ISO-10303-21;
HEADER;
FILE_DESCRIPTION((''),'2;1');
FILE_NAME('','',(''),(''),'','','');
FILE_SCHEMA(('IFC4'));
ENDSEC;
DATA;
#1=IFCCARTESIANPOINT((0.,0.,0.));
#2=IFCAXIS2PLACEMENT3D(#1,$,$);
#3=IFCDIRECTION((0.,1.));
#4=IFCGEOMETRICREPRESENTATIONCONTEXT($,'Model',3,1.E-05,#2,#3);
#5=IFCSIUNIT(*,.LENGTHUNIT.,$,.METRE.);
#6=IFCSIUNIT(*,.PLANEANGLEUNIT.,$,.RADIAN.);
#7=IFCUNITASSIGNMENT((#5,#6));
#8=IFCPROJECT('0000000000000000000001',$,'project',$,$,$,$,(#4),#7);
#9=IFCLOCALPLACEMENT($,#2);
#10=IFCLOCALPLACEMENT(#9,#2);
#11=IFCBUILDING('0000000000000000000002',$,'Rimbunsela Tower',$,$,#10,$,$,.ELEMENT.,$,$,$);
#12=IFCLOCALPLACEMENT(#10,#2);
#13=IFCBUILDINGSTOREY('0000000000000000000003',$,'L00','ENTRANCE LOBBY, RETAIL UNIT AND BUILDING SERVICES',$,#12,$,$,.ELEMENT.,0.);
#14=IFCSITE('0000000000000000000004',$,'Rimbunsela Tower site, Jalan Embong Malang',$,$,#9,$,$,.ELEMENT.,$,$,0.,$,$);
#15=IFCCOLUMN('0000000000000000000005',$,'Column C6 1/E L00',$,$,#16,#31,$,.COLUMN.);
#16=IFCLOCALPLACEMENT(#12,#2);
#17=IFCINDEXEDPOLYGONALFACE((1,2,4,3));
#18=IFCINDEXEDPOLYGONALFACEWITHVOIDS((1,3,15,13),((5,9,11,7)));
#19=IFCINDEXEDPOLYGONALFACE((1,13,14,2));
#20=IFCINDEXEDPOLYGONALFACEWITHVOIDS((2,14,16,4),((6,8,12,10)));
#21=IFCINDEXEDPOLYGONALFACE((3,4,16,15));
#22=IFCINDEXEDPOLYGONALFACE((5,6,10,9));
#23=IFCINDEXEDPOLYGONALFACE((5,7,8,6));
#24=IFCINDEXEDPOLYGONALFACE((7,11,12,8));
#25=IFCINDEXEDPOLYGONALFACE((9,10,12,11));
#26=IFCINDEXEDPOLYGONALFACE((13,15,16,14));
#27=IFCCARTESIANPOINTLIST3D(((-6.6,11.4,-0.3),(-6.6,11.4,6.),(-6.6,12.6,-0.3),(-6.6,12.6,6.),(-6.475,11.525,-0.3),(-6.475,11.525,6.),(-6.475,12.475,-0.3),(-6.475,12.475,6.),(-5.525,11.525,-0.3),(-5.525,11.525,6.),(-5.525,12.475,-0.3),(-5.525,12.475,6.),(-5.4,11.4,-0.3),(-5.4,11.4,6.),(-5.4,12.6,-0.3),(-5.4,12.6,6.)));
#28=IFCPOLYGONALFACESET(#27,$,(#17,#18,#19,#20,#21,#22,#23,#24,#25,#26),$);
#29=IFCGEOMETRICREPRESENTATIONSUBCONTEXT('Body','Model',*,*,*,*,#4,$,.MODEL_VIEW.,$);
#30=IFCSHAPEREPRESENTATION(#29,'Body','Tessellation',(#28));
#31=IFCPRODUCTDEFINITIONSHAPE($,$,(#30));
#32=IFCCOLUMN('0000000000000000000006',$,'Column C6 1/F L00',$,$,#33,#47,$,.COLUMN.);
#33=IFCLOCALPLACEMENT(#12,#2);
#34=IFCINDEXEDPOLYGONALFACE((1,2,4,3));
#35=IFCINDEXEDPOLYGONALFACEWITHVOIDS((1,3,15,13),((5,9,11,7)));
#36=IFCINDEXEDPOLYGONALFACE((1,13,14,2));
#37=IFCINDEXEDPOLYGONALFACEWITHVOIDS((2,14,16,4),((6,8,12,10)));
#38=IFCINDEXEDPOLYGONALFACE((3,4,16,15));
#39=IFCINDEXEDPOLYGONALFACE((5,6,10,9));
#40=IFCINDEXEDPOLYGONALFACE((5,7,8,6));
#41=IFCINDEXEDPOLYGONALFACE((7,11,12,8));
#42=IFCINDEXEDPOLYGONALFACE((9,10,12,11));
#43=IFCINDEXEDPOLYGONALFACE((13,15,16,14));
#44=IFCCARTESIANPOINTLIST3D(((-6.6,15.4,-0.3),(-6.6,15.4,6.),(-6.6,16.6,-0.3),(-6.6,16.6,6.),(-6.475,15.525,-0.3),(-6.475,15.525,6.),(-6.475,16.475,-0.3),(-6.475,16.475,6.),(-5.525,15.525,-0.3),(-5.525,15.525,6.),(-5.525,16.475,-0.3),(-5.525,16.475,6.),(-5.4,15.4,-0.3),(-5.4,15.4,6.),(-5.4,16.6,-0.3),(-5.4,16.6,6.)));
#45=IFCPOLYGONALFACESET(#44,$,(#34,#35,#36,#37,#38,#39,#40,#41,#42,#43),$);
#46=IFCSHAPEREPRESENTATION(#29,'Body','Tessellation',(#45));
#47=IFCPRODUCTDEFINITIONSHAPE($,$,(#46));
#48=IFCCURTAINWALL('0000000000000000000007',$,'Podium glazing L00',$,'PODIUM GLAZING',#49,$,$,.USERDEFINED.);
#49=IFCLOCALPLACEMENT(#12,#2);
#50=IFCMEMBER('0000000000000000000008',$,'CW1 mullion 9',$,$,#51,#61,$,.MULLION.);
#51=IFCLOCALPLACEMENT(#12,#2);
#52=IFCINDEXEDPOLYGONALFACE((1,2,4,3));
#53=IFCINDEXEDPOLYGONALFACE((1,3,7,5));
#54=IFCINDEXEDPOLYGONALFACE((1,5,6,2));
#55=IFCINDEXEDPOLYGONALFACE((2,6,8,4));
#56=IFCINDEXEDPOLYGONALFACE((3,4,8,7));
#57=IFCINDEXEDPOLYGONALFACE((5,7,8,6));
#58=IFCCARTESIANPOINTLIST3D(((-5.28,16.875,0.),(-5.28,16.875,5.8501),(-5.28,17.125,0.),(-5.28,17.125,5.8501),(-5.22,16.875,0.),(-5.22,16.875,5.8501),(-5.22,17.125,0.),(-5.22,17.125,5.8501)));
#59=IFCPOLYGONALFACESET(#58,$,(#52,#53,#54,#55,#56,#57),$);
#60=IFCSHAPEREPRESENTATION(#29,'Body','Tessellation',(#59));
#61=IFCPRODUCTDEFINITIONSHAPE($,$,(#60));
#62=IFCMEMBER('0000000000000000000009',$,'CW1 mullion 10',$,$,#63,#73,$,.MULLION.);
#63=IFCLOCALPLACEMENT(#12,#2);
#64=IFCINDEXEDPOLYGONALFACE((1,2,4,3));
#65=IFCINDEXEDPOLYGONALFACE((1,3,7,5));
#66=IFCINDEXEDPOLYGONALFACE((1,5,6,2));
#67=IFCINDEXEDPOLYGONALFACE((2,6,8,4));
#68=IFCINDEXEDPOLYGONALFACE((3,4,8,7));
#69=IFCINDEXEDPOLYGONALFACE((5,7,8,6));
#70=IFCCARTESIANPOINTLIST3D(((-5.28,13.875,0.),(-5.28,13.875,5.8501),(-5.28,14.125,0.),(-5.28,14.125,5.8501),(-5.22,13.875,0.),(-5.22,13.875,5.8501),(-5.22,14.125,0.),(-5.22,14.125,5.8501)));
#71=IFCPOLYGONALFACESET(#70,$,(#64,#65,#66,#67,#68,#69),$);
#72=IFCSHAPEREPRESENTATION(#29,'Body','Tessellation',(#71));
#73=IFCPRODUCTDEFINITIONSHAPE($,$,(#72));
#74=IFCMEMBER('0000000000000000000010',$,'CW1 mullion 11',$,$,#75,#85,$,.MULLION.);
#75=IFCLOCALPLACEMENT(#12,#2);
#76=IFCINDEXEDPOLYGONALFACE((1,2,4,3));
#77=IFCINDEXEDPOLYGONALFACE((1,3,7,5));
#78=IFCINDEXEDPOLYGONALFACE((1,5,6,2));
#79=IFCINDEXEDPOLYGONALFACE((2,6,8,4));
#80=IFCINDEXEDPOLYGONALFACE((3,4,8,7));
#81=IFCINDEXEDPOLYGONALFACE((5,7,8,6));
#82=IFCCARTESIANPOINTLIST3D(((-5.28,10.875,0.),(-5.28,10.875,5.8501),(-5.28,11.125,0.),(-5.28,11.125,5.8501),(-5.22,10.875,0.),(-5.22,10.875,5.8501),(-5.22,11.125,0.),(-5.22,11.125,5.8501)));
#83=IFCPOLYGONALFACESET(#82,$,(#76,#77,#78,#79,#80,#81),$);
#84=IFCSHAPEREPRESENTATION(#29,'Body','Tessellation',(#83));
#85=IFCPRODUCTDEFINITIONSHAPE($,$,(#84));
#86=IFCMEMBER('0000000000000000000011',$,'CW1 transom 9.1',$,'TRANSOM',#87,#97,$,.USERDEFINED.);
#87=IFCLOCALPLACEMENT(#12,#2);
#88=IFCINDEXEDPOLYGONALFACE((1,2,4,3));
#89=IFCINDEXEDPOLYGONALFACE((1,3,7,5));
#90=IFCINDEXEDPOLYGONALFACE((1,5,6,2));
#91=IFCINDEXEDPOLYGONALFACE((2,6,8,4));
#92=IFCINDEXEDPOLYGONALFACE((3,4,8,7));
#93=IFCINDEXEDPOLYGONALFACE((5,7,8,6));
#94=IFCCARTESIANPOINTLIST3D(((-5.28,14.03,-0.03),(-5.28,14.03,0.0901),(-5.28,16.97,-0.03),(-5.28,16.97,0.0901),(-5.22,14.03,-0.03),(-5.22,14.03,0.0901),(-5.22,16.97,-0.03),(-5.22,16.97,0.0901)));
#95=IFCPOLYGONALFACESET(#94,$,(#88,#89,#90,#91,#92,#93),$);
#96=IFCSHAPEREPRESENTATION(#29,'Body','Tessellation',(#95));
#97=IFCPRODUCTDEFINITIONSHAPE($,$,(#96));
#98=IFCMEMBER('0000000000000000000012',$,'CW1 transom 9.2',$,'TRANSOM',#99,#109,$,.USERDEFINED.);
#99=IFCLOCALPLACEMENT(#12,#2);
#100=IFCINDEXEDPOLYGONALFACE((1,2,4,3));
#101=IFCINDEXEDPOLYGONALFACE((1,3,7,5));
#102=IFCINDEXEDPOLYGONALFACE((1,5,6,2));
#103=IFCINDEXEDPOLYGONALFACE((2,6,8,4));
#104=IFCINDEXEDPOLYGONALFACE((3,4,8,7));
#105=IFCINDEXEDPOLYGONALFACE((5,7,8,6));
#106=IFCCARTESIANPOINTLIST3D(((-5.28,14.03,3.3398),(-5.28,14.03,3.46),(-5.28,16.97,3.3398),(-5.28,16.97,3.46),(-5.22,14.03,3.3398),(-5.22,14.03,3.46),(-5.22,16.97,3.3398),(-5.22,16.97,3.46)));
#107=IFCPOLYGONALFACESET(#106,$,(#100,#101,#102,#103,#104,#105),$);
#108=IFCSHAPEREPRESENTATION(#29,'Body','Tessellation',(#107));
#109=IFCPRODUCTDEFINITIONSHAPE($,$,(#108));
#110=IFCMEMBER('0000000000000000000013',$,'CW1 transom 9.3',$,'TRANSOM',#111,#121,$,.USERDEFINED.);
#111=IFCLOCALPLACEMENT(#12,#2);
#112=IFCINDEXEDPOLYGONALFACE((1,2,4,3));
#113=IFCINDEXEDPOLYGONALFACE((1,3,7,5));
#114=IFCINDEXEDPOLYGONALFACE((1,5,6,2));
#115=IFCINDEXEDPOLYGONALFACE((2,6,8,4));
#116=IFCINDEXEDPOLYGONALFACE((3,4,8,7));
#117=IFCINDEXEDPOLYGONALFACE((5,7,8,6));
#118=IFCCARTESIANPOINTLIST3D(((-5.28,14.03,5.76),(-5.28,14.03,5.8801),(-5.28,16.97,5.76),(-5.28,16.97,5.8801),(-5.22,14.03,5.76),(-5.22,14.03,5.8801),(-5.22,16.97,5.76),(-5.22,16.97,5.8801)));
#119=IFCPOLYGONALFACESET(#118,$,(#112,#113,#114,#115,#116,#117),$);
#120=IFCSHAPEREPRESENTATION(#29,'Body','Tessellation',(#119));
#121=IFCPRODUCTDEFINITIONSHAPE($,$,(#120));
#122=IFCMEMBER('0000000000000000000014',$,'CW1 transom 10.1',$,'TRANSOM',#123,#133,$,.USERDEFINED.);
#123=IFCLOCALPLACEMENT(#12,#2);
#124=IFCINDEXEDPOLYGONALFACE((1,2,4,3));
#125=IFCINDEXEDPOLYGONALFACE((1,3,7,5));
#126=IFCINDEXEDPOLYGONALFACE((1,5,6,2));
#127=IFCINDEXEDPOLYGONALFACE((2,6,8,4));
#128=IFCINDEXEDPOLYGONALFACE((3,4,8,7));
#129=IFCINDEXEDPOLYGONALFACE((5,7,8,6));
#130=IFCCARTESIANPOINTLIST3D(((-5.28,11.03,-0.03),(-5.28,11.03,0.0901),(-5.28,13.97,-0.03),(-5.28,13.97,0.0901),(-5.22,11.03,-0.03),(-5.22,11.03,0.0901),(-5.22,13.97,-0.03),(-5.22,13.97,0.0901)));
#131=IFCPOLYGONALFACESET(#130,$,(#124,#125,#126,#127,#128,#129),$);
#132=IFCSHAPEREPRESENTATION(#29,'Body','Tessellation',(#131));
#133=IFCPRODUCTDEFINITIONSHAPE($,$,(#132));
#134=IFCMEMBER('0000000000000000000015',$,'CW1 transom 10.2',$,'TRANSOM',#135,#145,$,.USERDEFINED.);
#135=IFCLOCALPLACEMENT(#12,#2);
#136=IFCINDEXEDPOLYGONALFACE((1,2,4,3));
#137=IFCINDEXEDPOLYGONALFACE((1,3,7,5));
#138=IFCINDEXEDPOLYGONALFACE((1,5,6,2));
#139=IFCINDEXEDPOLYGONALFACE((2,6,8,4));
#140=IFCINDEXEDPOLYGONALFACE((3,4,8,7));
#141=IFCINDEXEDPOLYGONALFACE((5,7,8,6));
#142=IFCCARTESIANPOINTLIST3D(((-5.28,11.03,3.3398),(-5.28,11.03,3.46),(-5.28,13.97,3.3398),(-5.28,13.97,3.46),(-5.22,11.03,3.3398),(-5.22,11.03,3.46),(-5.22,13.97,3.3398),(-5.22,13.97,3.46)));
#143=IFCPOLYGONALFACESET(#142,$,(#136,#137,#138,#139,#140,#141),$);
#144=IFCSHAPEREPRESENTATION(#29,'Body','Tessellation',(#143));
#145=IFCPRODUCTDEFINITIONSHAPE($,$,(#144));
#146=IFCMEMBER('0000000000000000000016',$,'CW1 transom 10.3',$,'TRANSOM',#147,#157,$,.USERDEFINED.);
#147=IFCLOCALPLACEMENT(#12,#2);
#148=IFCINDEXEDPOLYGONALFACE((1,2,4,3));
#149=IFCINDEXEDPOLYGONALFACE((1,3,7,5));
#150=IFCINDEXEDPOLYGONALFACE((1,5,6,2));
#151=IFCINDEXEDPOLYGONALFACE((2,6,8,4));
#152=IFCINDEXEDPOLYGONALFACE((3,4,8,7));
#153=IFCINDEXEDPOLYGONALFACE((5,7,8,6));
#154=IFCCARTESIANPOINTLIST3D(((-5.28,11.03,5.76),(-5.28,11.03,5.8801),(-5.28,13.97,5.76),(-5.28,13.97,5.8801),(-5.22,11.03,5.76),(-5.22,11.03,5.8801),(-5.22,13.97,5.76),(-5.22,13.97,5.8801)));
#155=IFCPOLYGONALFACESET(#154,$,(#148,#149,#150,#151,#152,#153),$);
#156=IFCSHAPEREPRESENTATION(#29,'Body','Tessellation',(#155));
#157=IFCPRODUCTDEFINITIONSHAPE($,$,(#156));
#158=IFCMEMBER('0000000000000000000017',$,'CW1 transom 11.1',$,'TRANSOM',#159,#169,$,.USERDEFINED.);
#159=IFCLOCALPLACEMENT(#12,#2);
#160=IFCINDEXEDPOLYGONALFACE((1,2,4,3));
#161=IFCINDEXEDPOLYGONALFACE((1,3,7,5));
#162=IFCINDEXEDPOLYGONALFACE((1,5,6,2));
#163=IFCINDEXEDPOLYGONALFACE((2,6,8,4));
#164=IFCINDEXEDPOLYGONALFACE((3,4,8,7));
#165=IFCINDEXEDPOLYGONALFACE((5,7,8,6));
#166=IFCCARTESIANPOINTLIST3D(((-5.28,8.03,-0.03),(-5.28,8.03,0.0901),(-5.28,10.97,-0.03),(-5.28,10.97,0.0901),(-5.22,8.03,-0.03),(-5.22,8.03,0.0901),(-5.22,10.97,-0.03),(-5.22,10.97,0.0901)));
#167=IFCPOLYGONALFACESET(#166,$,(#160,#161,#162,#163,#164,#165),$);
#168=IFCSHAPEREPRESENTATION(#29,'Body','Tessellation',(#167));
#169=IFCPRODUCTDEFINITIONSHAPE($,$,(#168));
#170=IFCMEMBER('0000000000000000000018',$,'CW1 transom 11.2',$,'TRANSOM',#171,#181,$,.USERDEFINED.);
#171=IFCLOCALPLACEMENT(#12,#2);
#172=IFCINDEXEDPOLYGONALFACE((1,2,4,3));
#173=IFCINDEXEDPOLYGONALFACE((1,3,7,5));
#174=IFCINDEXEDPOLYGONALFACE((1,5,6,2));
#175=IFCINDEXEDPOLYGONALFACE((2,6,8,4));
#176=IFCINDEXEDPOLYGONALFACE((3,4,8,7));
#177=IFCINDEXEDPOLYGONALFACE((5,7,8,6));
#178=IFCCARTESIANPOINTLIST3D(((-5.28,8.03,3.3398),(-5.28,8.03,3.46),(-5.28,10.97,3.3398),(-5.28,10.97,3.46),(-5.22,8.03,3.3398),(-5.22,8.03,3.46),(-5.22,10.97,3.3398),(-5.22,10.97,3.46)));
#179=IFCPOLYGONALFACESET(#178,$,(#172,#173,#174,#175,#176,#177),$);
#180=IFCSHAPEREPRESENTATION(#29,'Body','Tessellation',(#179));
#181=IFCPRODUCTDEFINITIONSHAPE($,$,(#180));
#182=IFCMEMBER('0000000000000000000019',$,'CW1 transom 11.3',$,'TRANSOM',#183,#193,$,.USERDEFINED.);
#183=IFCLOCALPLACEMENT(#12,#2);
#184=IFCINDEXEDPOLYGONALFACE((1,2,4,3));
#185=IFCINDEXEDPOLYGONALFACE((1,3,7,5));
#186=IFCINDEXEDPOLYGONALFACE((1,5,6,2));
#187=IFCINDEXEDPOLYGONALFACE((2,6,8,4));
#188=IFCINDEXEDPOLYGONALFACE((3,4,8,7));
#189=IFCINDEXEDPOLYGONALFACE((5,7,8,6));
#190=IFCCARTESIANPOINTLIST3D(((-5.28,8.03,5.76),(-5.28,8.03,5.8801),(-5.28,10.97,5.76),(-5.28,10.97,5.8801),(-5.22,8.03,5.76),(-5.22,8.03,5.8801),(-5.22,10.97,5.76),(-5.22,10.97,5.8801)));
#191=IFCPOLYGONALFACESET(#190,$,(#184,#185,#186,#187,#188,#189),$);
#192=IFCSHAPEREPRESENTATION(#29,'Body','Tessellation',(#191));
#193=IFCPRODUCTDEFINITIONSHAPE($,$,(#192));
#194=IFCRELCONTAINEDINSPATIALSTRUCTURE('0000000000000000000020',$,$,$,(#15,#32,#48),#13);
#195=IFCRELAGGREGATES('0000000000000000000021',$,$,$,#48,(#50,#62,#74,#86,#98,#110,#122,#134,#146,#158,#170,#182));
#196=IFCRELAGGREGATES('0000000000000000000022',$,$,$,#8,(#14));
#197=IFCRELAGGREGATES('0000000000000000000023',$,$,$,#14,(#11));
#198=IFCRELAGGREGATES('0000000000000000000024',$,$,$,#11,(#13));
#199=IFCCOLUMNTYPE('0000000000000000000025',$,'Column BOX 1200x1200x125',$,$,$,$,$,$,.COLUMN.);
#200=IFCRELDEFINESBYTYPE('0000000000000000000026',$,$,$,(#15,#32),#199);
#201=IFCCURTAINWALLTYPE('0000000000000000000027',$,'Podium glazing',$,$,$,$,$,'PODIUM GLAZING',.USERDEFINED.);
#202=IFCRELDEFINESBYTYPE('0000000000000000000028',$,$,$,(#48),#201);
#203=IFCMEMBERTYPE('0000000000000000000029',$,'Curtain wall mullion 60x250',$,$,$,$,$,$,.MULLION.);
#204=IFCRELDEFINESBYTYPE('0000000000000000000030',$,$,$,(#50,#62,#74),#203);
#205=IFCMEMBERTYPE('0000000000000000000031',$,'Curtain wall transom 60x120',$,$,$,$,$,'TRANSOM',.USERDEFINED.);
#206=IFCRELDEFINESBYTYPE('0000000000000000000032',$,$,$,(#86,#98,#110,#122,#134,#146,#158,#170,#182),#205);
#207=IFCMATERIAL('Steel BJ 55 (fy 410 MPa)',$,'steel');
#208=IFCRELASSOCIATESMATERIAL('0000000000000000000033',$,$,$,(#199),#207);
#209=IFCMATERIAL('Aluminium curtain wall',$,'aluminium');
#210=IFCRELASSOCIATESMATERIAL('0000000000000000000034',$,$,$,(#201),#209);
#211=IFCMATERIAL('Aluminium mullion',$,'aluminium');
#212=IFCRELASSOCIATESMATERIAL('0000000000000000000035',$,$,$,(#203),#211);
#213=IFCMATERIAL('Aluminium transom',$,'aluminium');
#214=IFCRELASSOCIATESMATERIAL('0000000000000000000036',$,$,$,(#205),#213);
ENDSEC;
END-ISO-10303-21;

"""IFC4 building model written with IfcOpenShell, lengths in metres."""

from ifc_helpers import new_model, si_unit, direction, frame, origin, origin_2d, place, context, subcontext, project, spatial, rectangle, hollow_rectangle, extrude, material, material_profile, profile_set, type_object, element, aggregate, save


model = new_model("IFC4")

# Units and contexts
model_context = context("Model", 3, precision=1e-05, world=origin(), true_north=direction((0.0, 1.0)))
body_context = subcontext(model_context, "Body", "Model", "MODEL_VIEW")
ifc_project = project(units=[si_unit("LENGTHUNIT", "METRE"), si_unit("PLANEANGLEUNIT", "RADIAN")], contexts=[model_context])

# Site, building, storey
site_placement = place(None, origin())
site = spatial("IfcSite", under=ifc_project, at=site_placement, Name="Rimbunsela Tower site, Jalan Embong Malang", CompositionType="ELEMENT", RefElevation=0.0)
building_placement = place(site_placement, origin())
building = spatial("IfcBuilding", under=site, at=building_placement, Name="Rimbunsela Tower", CompositionType="ELEMENT")
storey_placement = place(building_placement, origin())
storey = spatial("IfcBuildingStorey", under=building, at=storey_placement, Name="L00", Description="ENTRANCE LOBBY, RETAIL UNIT AND BUILDING SERVICES", CompositionType="ELEMENT", Elevation=0.0)

# Columns
ifc_material_1 = material(Name="Steel BJ 55 (fy 410 MPa)", Category="steel")
ifc_material_profile_1 = material_profile(ifc_material_1, hollow_rectangle(XDim=1.2, YDim=1.2, WallThickness=0.125, at=origin_2d()), Name="BOX 1200x1200x125")
ifc_profile_set_1 = profile_set([ifc_material_profile_1], Name="Steel BJ 55 (fy 410 MPa)")
column_type = type_object("IfcColumnType", Name="Column BOX 1200x1200x125", PredefinedType="COLUMN", material=ifc_profile_set_1)
for number, where, z_axis, x_axis, name in (
    (1, (-6.0, 12.0, -0.3), (0.0, 0.0, 1.0), (1.0, 0.0, 0.0), "Column C6 1/E L00"),
    (2, (-6.0, 16.0, -0.3), (0.0, 0.0, 1.0), (1.0, 0.0, 0.0), "Column C6 1/F L00"),
):
    element("IfcColumn", number, at=place(storey_placement, frame(where, z_axis=z_axis, x_axis=x_axis)), inside=storey, type_object=column_type, Name=name, PredefinedType="COLUMN", context=body_context, shape_type="SweptSolid", body=[
        extrude(hollow_rectangle(XDim=1.2, YDim=1.2, WallThickness=0.125, at=origin_2d()), origin(), (0.0, 0.0, 1.0), 6.3),
    ])

# Curtain wall, members
ifc_material_2 = material(Name="Aluminium curtain wall", Category="aluminium")
curtain_wall_type = type_object("IfcCurtainWallType", Name="Podium glazing", ElementType="PODIUM GLAZING", PredefinedType="USERDEFINED", material=ifc_material_2)
curtain_wall_placement = place(storey_placement, origin())
curtain_wall = element("IfcCurtainWall", 3, at=curtain_wall_placement, inside=storey, type_object=curtain_wall_type, Name="Podium glazing L00", ObjectType="PODIUM GLAZING", PredefinedType="USERDEFINED")
ifc_material_3 = material(Name="Aluminium mullion", Category="aluminium")
ifc_material_profile_2 = material_profile(ifc_material_3, rectangle(XDim=0.0601, YDim=0.25, at=origin_2d()), Name="Mullion 60x250")
ifc_profile_set_2 = profile_set([ifc_material_profile_2], Name="Aluminium mullion")
member_type_1 = type_object("IfcMemberType", Name="Curtain wall mullion 60x250", PredefinedType="MULLION", material=ifc_profile_set_2)
member_1_placement = place(storey_placement, frame((-5.25, 17.0, 0.0), z_axis=(0.0, 0.0, 1.0), x_axis=(1.0, 0.0, 0.0)))
member_1 = element("IfcMember", 4, at=member_1_placement, type_object=member_type_1, Name="CW1 mullion 9", PredefinedType="MULLION", context=body_context, shape_type="SweptSolid", body=[
    extrude(rectangle(XDim=0.0601, YDim=0.25, at=origin_2d()), origin(), (0.0, 0.0, 1.0), 5.8501),
])
member_2_placement = place(storey_placement, frame((-5.25, 14.0, 0.0), z_axis=(0.0, 0.0, 1.0), x_axis=(1.0, 0.0, 0.0)))
member_2 = element("IfcMember", 5, at=member_2_placement, type_object=member_type_1, Name="CW1 mullion 10", PredefinedType="MULLION", context=body_context, shape_type="SweptSolid", body=[
    extrude(rectangle(XDim=0.0601, YDim=0.25, at=origin_2d()), origin(), (0.0, 0.0, 1.0), 5.8501),
])
member_3_placement = place(storey_placement, frame((-5.25, 11.0, 0.0), z_axis=(0.0, 0.0, 1.0), x_axis=(1.0, 0.0, 0.0)))
member_3 = element("IfcMember", 6, at=member_3_placement, type_object=member_type_1, Name="CW1 mullion 11", PredefinedType="MULLION", context=body_context, shape_type="SweptSolid", body=[
    extrude(rectangle(XDim=0.0601, YDim=0.25, at=origin_2d()), origin(), (0.0, 0.0, 1.0), 5.8501),
])
ifc_material_4 = material(Name="Aluminium transom", Category="aluminium")
ifc_material_profile_3 = material_profile(ifc_material_4, rectangle(XDim=0.0601, YDim=0.1201, at=origin_2d()), Name="Transom 60x120")
ifc_profile_set_3 = profile_set([ifc_material_profile_3], Name="Aluminium transom")
member_type_2 = type_object("IfcMemberType", Name="Curtain wall transom 60x120", ElementType="TRANSOM", PredefinedType="USERDEFINED", material=ifc_profile_set_3)
member_4_placement = place(storey_placement, frame((-5.25, 16.97, 0.03), z_axis=(0.0, -1.0, 0.0), x_axis=(1.0, 0.0, 0.0)))
member_4 = element("IfcMember", 7, at=member_4_placement, type_object=member_type_2, Name="CW1 transom 9.1", ObjectType="TRANSOM", PredefinedType="USERDEFINED", context=body_context, shape_type="SweptSolid", body=[
    extrude(rectangle(XDim=0.0601, YDim=0.1201, at=origin_2d()), origin(), (0.0, 0.0, 1.0), 2.9399),
])
member_5_placement = place(storey_placement, frame((-5.25, 16.97, 3.3999), z_axis=(0.0, -1.0, 0.0), x_axis=(1.0, 0.0, 0.0)))
member_5 = element("IfcMember", 8, at=member_5_placement, type_object=member_type_2, Name="CW1 transom 9.2", ObjectType="TRANSOM", PredefinedType="USERDEFINED", context=body_context, shape_type="SweptSolid", body=[
    extrude(rectangle(XDim=0.0601, YDim=0.1201, at=origin_2d()), origin(), (0.0, 0.0, 1.0), 2.9399),
])
member_6_placement = place(storey_placement, frame((-5.25, 16.97, 5.8201), z_axis=(0.0, -1.0, 0.0), x_axis=(1.0, 0.0, 0.0)))
member_6 = element("IfcMember", 9, at=member_6_placement, type_object=member_type_2, Name="CW1 transom 9.3", ObjectType="TRANSOM", PredefinedType="USERDEFINED", context=body_context, shape_type="SweptSolid", body=[
    extrude(rectangle(XDim=0.0601, YDim=0.1201, at=origin_2d()), origin(), (0.0, 0.0, 1.0), 2.9399),
])
member_7_placement = place(storey_placement, frame((-5.25, 13.97, 0.03), z_axis=(0.0, -1.0, 0.0), x_axis=(1.0, 0.0, 0.0)))
member_7 = element("IfcMember", 10, at=member_7_placement, type_object=member_type_2, Name="CW1 transom 10.1", ObjectType="TRANSOM", PredefinedType="USERDEFINED", context=body_context, shape_type="SweptSolid", body=[
    extrude(rectangle(XDim=0.0601, YDim=0.1201, at=origin_2d()), origin(), (0.0, 0.0, 1.0), 2.9399),
])
member_8_placement = place(storey_placement, frame((-5.25, 13.97, 3.3999), z_axis=(0.0, -1.0, 0.0), x_axis=(1.0, 0.0, 0.0)))
member_8 = element("IfcMember", 11, at=member_8_placement, type_object=member_type_2, Name="CW1 transom 10.2", ObjectType="TRANSOM", PredefinedType="USERDEFINED", context=body_context, shape_type="SweptSolid", body=[
    extrude(rectangle(XDim=0.0601, YDim=0.1201, at=origin_2d()), origin(), (0.0, 0.0, 1.0), 2.9399),
])
member_9_placement = place(storey_placement, frame((-5.25, 13.97, 5.8201), z_axis=(0.0, -1.0, 0.0), x_axis=(1.0, 0.0, 0.0)))
member_9 = element("IfcMember", 12, at=member_9_placement, type_object=member_type_2, Name="CW1 transom 10.3", ObjectType="TRANSOM", PredefinedType="USERDEFINED", context=body_context, shape_type="SweptSolid", body=[
    extrude(rectangle(XDim=0.0601, YDim=0.1201, at=origin_2d()), origin(), (0.0, 0.0, 1.0), 2.9399),
])
member_10_placement = place(storey_placement, frame((-5.25, 10.97, 0.03), z_axis=(0.0, -1.0, 0.0), x_axis=(1.0, 0.0, 0.0)))
member_10 = element("IfcMember", 13, at=member_10_placement, type_object=member_type_2, Name="CW1 transom 11.1", ObjectType="TRANSOM", PredefinedType="USERDEFINED", context=body_context, shape_type="SweptSolid", body=[
    extrude(rectangle(XDim=0.0601, YDim=0.1201, at=origin_2d()), origin(), (0.0, 0.0, 1.0), 2.9399),
])
member_11_placement = place(storey_placement, frame((-5.25, 10.97, 3.3999), z_axis=(0.0, -1.0, 0.0), x_axis=(1.0, 0.0, 0.0)))
member_11 = element("IfcMember", 14, at=member_11_placement, type_object=member_type_2, Name="CW1 transom 11.2", ObjectType="TRANSOM", PredefinedType="USERDEFINED", context=body_context, shape_type="SweptSolid", body=[
    extrude(rectangle(XDim=0.0601, YDim=0.1201, at=origin_2d()), origin(), (0.0, 0.0, 1.0), 2.9399),
])
member_12_placement = place(storey_placement, frame((-5.25, 10.97, 5.8201), z_axis=(0.0, -1.0, 0.0), x_axis=(1.0, 0.0, 0.0)))
member_12 = element("IfcMember", 15, at=member_12_placement, type_object=member_type_2, Name="CW1 transom 11.3", ObjectType="TRANSOM", PredefinedType="USERDEFINED", context=body_context, shape_type="SweptSolid", body=[
    extrude(rectangle(XDim=0.0601, YDim=0.1201, at=origin_2d()), origin(), (0.0, 0.0, 1.0), 2.9399),
])
aggregate(curtain_wall, [member_1, member_2, member_3, member_4, member_5, member_6, member_7, member_8, member_9, member_10, member_11, member_12])

save(model, "model.ifc")
